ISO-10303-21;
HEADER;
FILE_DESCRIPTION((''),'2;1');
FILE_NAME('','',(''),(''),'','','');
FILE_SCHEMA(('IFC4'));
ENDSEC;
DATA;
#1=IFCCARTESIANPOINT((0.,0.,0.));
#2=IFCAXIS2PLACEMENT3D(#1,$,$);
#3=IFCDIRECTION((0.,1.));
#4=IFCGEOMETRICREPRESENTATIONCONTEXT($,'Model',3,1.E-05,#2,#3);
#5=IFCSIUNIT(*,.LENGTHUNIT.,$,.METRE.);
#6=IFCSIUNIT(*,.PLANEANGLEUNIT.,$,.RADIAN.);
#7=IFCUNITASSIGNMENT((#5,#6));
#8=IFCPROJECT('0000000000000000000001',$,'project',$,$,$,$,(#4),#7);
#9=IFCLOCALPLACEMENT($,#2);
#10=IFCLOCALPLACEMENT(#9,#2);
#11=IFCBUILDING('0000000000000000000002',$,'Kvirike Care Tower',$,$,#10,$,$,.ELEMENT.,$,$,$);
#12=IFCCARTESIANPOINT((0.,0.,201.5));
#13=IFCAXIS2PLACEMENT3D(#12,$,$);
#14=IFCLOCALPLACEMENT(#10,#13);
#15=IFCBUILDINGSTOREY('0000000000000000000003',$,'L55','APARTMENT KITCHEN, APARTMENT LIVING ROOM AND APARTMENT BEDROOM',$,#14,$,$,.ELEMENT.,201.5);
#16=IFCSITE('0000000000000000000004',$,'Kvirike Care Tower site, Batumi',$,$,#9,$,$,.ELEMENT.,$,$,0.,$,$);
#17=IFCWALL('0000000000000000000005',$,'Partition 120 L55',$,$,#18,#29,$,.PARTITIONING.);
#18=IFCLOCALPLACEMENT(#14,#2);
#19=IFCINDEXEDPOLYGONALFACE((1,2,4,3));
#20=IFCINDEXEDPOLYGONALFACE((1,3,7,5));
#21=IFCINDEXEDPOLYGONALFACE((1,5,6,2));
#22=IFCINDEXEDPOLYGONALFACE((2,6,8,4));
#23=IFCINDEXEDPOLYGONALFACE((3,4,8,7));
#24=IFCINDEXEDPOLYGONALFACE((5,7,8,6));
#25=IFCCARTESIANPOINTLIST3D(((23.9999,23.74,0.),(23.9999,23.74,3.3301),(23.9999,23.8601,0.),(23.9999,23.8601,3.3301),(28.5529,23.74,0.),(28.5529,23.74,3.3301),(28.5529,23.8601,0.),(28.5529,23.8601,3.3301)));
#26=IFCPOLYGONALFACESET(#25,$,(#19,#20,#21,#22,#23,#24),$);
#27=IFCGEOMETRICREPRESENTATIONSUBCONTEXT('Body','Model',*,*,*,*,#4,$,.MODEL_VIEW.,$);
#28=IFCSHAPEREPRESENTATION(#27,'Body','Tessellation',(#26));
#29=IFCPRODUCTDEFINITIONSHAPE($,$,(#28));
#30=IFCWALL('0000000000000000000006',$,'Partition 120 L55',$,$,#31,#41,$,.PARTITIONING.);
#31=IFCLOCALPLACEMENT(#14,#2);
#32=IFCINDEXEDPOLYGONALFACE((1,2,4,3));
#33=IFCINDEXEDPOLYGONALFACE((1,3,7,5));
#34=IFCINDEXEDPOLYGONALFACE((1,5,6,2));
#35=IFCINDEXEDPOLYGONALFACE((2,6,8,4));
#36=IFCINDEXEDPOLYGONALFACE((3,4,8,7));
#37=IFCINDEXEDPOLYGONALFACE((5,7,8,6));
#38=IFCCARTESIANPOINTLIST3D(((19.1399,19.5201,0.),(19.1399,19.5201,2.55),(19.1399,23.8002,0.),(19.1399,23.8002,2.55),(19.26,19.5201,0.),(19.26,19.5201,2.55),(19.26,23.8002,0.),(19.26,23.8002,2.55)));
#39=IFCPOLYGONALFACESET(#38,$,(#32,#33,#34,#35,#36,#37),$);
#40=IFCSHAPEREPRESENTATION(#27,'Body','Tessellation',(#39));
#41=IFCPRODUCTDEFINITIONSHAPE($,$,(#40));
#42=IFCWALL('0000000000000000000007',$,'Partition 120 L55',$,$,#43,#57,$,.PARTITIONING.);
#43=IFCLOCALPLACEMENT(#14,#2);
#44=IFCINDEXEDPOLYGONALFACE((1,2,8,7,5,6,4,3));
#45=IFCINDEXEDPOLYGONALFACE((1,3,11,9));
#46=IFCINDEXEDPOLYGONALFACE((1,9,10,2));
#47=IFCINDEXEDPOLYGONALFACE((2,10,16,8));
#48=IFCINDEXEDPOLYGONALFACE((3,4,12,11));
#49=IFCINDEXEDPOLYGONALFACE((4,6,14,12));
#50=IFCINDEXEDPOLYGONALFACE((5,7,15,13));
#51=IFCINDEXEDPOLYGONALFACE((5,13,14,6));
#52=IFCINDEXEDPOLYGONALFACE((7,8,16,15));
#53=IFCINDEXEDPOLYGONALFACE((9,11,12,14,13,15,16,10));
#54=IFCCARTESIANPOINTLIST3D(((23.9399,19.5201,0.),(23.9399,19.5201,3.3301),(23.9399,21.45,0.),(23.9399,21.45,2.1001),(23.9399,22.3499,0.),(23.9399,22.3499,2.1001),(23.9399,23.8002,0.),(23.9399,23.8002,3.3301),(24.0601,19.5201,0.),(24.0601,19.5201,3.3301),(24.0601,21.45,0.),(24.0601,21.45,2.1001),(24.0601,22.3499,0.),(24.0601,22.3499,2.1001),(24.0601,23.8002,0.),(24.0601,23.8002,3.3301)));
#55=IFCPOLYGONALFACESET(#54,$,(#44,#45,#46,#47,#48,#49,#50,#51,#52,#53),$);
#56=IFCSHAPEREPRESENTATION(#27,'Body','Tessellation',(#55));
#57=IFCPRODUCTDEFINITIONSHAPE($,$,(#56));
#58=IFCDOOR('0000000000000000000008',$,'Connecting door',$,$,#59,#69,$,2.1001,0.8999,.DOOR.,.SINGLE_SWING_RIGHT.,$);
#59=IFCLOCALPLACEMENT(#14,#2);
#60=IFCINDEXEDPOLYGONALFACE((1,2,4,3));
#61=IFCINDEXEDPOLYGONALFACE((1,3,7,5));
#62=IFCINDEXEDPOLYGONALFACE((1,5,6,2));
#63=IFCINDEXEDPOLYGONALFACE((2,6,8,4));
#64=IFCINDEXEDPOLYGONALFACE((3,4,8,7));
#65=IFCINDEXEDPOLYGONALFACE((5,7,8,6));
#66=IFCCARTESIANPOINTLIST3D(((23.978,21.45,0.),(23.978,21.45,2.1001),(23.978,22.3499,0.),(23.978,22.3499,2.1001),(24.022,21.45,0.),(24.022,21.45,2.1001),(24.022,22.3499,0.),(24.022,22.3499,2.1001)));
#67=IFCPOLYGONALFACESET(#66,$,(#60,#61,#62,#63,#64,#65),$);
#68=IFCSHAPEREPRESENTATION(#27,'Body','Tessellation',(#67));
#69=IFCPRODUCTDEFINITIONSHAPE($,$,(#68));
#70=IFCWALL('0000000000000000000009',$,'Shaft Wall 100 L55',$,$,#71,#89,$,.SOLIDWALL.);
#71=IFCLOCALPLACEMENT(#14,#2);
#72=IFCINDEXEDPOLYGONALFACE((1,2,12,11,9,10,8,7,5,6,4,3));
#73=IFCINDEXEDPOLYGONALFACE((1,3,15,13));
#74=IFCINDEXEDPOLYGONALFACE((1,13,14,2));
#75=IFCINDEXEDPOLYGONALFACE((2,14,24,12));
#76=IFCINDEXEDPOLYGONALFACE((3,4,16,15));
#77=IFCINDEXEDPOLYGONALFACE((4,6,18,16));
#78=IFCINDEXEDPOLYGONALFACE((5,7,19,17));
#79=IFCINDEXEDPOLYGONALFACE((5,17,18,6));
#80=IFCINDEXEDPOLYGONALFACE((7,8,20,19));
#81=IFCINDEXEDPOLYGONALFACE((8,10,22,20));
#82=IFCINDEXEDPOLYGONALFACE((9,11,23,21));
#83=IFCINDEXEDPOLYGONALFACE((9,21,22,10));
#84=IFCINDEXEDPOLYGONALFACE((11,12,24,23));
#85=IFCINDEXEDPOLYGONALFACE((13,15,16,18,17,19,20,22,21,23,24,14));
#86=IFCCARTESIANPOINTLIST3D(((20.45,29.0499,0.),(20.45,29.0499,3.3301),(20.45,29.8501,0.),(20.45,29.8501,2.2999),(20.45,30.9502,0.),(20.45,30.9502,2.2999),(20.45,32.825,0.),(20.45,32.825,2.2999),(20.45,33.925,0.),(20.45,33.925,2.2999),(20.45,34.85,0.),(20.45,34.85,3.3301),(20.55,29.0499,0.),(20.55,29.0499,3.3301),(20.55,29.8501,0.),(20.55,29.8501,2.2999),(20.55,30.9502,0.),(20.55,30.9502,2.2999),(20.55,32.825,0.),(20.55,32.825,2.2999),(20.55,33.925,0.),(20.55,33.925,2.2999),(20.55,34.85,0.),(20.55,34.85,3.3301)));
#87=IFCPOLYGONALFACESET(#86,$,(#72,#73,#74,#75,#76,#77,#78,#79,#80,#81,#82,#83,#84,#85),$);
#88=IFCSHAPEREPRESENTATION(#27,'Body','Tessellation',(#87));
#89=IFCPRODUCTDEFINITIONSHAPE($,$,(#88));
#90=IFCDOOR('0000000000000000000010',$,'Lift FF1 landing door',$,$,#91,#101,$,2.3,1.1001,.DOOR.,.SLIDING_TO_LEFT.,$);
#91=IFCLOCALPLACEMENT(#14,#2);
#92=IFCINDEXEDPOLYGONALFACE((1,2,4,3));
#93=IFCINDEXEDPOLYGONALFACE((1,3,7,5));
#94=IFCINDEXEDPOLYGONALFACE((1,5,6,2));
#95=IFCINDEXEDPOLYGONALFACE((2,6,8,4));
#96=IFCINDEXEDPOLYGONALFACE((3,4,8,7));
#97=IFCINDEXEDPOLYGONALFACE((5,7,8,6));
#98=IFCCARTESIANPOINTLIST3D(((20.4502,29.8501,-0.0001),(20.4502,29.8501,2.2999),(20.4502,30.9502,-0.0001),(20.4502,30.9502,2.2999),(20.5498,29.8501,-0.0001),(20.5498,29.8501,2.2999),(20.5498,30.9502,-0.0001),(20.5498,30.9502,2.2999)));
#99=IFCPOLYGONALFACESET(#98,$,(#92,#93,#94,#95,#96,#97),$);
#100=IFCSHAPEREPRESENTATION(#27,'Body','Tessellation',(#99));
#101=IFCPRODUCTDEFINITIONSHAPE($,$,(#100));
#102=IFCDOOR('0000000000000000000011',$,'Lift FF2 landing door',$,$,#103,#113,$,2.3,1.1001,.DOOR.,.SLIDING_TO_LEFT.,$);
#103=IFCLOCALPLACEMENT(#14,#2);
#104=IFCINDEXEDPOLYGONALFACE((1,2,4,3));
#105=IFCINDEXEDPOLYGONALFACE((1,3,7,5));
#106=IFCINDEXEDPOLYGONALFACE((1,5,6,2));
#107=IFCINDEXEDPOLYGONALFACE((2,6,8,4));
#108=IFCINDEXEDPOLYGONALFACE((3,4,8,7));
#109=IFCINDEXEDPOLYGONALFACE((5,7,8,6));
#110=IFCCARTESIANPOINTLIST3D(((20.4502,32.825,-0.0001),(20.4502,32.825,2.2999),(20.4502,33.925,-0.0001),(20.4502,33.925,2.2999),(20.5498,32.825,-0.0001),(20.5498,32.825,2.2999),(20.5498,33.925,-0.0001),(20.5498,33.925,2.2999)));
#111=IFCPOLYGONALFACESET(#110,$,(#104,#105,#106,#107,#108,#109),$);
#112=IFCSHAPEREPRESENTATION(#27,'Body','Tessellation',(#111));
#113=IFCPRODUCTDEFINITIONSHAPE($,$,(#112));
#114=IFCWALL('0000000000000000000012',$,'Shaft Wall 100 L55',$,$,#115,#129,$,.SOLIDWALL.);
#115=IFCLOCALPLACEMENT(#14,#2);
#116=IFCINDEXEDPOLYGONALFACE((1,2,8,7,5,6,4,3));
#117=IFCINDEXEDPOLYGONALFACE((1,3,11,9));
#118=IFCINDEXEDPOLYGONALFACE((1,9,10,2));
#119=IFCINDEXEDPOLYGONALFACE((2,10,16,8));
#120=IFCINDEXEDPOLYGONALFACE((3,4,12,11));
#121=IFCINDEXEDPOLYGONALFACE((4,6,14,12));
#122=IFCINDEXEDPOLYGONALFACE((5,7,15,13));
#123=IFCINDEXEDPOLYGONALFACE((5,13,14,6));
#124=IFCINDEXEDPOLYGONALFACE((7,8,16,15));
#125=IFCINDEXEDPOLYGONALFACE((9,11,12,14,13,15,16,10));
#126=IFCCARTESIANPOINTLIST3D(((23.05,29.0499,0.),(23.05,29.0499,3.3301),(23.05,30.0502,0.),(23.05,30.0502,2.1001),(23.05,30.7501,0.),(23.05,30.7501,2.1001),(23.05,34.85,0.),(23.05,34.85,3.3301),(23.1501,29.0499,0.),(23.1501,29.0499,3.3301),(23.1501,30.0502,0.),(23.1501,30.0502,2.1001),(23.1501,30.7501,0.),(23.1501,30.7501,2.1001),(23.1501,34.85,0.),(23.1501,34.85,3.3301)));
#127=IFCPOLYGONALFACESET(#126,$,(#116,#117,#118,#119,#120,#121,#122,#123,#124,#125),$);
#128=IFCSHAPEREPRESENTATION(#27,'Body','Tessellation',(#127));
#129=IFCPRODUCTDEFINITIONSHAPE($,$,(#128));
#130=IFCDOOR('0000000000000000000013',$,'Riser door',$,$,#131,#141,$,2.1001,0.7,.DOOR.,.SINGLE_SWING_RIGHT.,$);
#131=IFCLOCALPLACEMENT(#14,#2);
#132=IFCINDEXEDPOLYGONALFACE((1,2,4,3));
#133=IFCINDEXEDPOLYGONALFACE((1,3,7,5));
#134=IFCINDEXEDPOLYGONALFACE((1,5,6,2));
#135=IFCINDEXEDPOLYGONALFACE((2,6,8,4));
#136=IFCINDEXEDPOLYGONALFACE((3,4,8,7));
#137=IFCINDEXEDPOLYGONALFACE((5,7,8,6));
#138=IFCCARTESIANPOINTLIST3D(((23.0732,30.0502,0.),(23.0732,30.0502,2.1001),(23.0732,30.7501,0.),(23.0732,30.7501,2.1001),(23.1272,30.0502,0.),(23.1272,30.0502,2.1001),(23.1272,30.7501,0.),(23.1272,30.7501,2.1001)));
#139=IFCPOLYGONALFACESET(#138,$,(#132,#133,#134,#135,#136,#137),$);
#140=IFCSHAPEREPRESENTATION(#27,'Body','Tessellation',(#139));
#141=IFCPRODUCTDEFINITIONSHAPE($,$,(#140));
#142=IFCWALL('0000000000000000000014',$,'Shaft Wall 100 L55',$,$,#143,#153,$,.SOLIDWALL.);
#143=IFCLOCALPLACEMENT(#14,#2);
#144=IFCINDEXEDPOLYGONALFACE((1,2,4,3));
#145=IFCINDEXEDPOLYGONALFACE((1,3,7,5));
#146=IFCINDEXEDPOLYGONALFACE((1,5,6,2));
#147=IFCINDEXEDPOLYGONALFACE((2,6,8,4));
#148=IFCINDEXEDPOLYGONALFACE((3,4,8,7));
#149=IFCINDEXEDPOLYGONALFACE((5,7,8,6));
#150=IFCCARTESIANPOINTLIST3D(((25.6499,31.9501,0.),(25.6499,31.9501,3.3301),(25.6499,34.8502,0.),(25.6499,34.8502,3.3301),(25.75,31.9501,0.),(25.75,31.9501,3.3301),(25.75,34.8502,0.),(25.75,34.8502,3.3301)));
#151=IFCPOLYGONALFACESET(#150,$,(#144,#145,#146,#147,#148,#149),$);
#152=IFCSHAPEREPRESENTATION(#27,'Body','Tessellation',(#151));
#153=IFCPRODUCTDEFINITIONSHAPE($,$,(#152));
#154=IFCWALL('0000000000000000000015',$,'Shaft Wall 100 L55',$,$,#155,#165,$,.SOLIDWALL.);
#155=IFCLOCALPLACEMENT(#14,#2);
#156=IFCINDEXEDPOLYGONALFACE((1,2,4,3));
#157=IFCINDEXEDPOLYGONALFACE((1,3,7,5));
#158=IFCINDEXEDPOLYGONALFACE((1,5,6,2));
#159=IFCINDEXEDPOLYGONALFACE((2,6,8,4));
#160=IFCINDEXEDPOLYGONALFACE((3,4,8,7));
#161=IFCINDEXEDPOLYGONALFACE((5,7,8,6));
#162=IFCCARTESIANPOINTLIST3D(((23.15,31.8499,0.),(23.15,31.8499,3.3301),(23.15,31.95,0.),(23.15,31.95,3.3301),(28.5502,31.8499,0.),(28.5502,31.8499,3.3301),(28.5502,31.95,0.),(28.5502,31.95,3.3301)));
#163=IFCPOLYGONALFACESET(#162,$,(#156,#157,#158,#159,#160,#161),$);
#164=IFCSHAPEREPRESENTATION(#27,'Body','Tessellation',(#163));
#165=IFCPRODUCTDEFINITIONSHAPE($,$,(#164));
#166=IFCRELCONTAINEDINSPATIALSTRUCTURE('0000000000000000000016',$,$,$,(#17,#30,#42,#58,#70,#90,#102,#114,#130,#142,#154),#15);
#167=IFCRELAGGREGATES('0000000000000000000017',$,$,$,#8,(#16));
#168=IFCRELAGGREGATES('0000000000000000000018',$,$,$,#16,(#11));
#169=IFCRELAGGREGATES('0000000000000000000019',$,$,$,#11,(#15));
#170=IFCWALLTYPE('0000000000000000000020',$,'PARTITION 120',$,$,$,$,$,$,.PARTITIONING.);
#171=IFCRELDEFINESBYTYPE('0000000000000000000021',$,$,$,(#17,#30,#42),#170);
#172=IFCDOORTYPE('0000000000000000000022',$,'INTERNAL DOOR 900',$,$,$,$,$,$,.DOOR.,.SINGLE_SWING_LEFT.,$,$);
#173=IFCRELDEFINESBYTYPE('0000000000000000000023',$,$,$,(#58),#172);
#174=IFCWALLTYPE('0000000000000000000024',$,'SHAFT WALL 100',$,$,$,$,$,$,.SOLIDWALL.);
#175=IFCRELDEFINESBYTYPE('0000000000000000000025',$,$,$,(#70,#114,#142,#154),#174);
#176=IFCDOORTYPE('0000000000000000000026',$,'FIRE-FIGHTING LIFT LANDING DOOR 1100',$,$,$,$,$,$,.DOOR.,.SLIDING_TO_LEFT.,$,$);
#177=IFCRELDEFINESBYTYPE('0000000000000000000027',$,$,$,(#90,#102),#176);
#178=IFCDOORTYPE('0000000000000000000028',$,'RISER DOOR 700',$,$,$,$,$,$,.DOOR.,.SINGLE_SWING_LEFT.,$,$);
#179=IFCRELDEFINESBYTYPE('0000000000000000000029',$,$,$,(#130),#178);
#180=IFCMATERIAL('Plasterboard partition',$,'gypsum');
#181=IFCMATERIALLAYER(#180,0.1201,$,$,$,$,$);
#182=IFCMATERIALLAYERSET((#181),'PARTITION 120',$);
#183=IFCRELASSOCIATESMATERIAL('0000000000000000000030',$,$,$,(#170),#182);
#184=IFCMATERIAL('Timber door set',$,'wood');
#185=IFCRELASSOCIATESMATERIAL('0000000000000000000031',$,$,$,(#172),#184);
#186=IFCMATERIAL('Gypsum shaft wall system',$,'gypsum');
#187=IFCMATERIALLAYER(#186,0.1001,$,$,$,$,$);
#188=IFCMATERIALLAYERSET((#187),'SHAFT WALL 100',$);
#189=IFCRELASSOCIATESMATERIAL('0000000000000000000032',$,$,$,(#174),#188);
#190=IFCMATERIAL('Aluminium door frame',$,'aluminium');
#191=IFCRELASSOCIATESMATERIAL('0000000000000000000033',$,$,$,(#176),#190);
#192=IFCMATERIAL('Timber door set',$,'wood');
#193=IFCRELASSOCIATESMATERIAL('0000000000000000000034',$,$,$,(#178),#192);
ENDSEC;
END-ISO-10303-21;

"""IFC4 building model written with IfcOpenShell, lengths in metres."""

from ifc_helpers import new_model, si_unit, direction, frame, frame_2d, origin, place, context, subcontext, project, spatial, rectangle, extrude, material, layer, layer_set, type_object, element, fill, save


model = new_model("IFC4")

# Units and contexts
model_context = context("Model", 3, precision=1e-05, world=origin(), true_north=direction((0.0, 1.0)))
body_context = subcontext(model_context, "Body", "Model", "MODEL_VIEW")
ifc_project = project(units=[si_unit("LENGTHUNIT", "METRE"), si_unit("PLANEANGLEUNIT", "RADIAN")], contexts=[model_context])

# Site, building, storey
site_placement = place(None, origin())
site = spatial("IfcSite", under=ifc_project, at=site_placement, Name="Kvirike Care Tower site, Batumi", CompositionType="ELEMENT", RefElevation=0.0)
building_placement = place(site_placement, origin())
building = spatial("IfcBuilding", under=site, at=building_placement, Name="Kvirike Care Tower", CompositionType="ELEMENT")
storey_placement = place(building_placement, frame((0.0, 0.0, 201.5)))
storey = spatial("IfcBuildingStorey", under=building, at=storey_placement, Name="L55", Description="APARTMENT KITCHEN, APARTMENT LIVING ROOM AND APARTMENT BEDROOM", CompositionType="ELEMENT", Elevation=201.5)

# Shared definitions
ifc_material_1 = material(Name="Plasterboard partition", Category="gypsum")
ifc_layer_1 = layer(ifc_material_1, 0.1201)
ifc_layer_set_1 = layer_set([ifc_layer_1], Name="PARTITION 120")
wall_type_1 = type_object("IfcWallType", Name="PARTITION 120", PredefinedType="PARTITIONING", material=ifc_layer_set_1)
ifc_material_2 = material(Name="Timber door set", Category="wood")
door_type_1 = type_object("IfcDoorType", Name="INTERNAL DOOR 900", OperationType="SINGLE_SWING_LEFT", PredefinedType="DOOR", material=ifc_material_2)

# Walls
wall_1_placement = place(storey_placement, frame((24.0, 23.8, 0.0), z_axis=(0.0, 0.0, 1.0), x_axis=(1.0, 0.0, 0.0)))
element("IfcWall", 1, at=wall_1_placement, inside=storey, type_object=wall_type_1, Name="Partition 120 L55", PredefinedType="PARTITIONING", context=body_context, shape_type="SweptSolid", body=[
    extrude(rectangle(XDim=4.553, YDim=0.1201, at=frame_2d((2.2764, 0.0))), origin(), (0.0, 0.0, 1.0), 3.3301),
])
wall_2_placement = place(storey_placement, frame((19.2, 19.52, 0.0), z_axis=(0.0, 0.0, 1.0), x_axis=(0.0, 1.0, 0.0)))
element("IfcWall", 2, at=wall_2_placement, inside=storey, type_object=wall_type_1, Name="Partition 120 L55", PredefinedType="PARTITIONING", context=body_context, shape_type="SweptSolid", body=[
    extrude(rectangle(XDim=4.28, YDim=0.1201, at=frame_2d((2.1401, 0.0))), origin(), (0.0, 0.0, 1.0), 2.55),
])

# Wall, opening, door
wall_3_placement = place(storey_placement, frame((24.0, 19.52, 0.0), z_axis=(0.0, 0.0, 1.0), x_axis=(0.0, 1.0, 0.0)))
wall_3 = element("IfcWall", 3, at=wall_3_placement, inside=storey, type_object=wall_type_1, Name="Partition 120 L55", PredefinedType="PARTITIONING", context=body_context, shape_type="SweptSolid", body=[
    extrude(rectangle(XDim=4.28, YDim=0.1201, at=frame_2d((2.1401, 0.0))), origin(), (0.0, 0.0, 1.0), 3.3301),
])
opening_1_placement = place(wall_3_placement, frame((1.9299, 0.0, 0.0)))
opening_1 = element("IfcOpeningElement", 4, at=opening_1_placement, cuts=wall_3, PredefinedType="OPENING", context=body_context, shape_type="SweptSolid", body=[
    extrude(rectangle(XDim=0.8999, YDim=2.1001, at=frame_2d((0.45, 1.05))), frame((0.0, 0.0706, 0.0), z_axis=(0.0, -1.0, 0.0), x_axis=(1.0, 0.0, 0.0)), (0.0, 0.0, 1.0), 0.1411),
])
door_1_placement = place(opening_1_placement, frame((0.8999, 0.0, 0.0), z_axis=(0.0, 0.0, 1.0), x_axis=(-1.0, 0.0, 0.0)))
door_1 = element("IfcDoor", 5, at=door_1_placement, inside=storey, type_object=door_type_1, Name="Connecting door", OperationType="SINGLE_SWING_RIGHT", OverallHeight=2.1001, OverallWidth=0.8999, PredefinedType="DOOR", context=body_context, shape_type="SweptSolid", body=[
    extrude(rectangle(XDim=0.8999, YDim=2.1001, at=frame_2d((0.45, 1.05))), frame((0.0, 0.022, 0.0), z_axis=(0.0, -1.0, 0.0), x_axis=(1.0, 0.0, 0.0)), (0.0, 0.0, 1.0), 0.0439),
])
fill(opening_1, door_1)

# Wall, openings, doors
ifc_material_3 = material(Name="Gypsum shaft wall system", Category="gypsum")
ifc_layer_2 = layer(ifc_material_3, 0.1001)
ifc_layer_set_2 = layer_set([ifc_layer_2], Name="SHAFT WALL 100")
wall_type_2 = type_object("IfcWallType", Name="SHAFT WALL 100", PredefinedType="SOLIDWALL", material=ifc_layer_set_2)
wall_4_placement = place(storey_placement, frame((20.5, 29.05, 0.0), z_axis=(0.0, 0.0, 1.0), x_axis=(0.0, 1.0, 0.0)))
wall_4 = element("IfcWall", 6, at=wall_4_placement, inside=storey, type_object=wall_type_2, Name="Shaft Wall 100 L55", PredefinedType="SOLIDWALL", context=body_context, shape_type="SweptSolid", body=[
    extrude(rectangle(XDim=5.8, YDim=0.1001, at=frame_2d((2.8999, 0.0))), origin(), (0.0, 0.0, 1.0), 3.3301),
])
opening_2_placement = place(wall_4_placement, frame((0.8, 0.0, 0.0)))
opening_2 = element("IfcOpeningElement", 7, at=opening_2_placement, cuts=wall_4, PredefinedType="OPENING", context=body_context, shape_type="SweptSolid", body=[
    extrude(rectangle(XDim=1.1001, YDim=2.3, at=frame_2d((0.55, 1.1499))), frame((0.0, 0.0605, 0.0), z_axis=(0.0, -1.0, 0.0), x_axis=(1.0, 0.0, 0.0)), (0.0, 0.0, 1.0), 0.1211),
])
opening_3_placement = place(wall_4_placement, frame((3.7749, 0.0, 0.0)))
opening_3 = element("IfcOpeningElement", 8, at=opening_3_placement, cuts=wall_4, PredefinedType="OPENING", context=body_context, shape_type="SweptSolid", body=[
    extrude(rectangle(XDim=1.1001, YDim=2.3, at=frame_2d((0.55, 1.1499))), frame((0.0, 0.0605, 0.0), z_axis=(0.0, -1.0, 0.0), x_axis=(1.0, 0.0, 0.0)), (0.0, 0.0, 1.0), 0.1211),
])
ifc_material_4 = material(Name="Aluminium door frame", Category="aluminium")
door_type_2 = type_object("IfcDoorType", Name="FIRE-FIGHTING LIFT LANDING DOOR 1100", OperationType="SLIDING_TO_LEFT", PredefinedType="DOOR", material=ifc_material_4)
door_2_placement = place(opening_2_placement, origin())
door_2 = element("IfcDoor", 9, at=door_2_placement, inside=storey, type_object=door_type_2, Name="Lift FF1 landing door", OperationType="SLIDING_TO_LEFT", OverallHeight=2.3, OverallWidth=1.1001, PredefinedType="DOOR", context=body_context, shape_type="SweptSolid", body=[
    extrude(rectangle(XDim=1.1001, YDim=2.3, at=frame_2d((0.55, 1.1499))), frame((0.0, 0.0498, 0.0), z_axis=(0.0, -1.0, 0.0), x_axis=(1.0, 0.0, 0.0)), (0.0, 0.0, 1.0), 0.0996),
])
fill(opening_2, door_2)
door_3_placement = place(opening_3_placement, origin())
door_3 = element("IfcDoor", 10, at=door_3_placement, inside=storey, type_object=door_type_2, Name="Lift FF2 landing door", OperationType="SLIDING_TO_LEFT", OverallHeight=2.3, OverallWidth=1.1001, PredefinedType="DOOR", context=body_context, shape_type="SweptSolid", body=[
    extrude(rectangle(XDim=1.1001, YDim=2.3, at=frame_2d((0.55, 1.1499))), frame((0.0, 0.0498, 0.0), z_axis=(0.0, -1.0, 0.0), x_axis=(1.0, 0.0, 0.0)), (0.0, 0.0, 1.0), 0.0996),
])
fill(opening_3, door_3)

# Wall, opening, door
wall_5_placement = place(storey_placement, frame((23.1001, 29.05, 0.0), z_axis=(0.0, 0.0, 1.0), x_axis=(0.0, 1.0, 0.0)))
wall_5 = element("IfcWall", 11, at=wall_5_placement, inside=storey, type_object=wall_type_2, Name="Shaft Wall 100 L55", PredefinedType="SOLIDWALL", context=body_context, shape_type="SweptSolid", body=[
    extrude(rectangle(XDim=5.8, YDim=0.1001, at=frame_2d((2.8999, 0.0))), origin(), (0.0, 0.0, 1.0), 3.3301),
])
opening_4_placement = place(wall_5_placement, frame((1.0, 0.0, 0.0)))
opening_4 = element("IfcOpeningElement", 12, at=opening_4_placement, cuts=wall_5, PredefinedType="OPENING", context=body_context, shape_type="SweptSolid", body=[
    extrude(rectangle(XDim=0.7, YDim=2.1001, at=frame_2d((0.3501, 1.05))), frame((0.0, 0.0605, 0.0), z_axis=(0.0, -1.0, 0.0), x_axis=(1.0, 0.0, 0.0)), (0.0, 0.0, 1.0), 0.1211),
])
ifc_material_5 = material(Name="Timber door set", Category="wood")
door_type_3 = type_object("IfcDoorType", Name="RISER DOOR 700", OperationType="SINGLE_SWING_LEFT", PredefinedType="DOOR", material=ifc_material_5)
door_4_placement = place(opening_4_placement, origin())
door_4 = element("IfcDoor", 13, at=door_4_placement, inside=storey, type_object=door_type_3, Name="Riser door", OperationType="SINGLE_SWING_RIGHT", OverallHeight=2.1001, OverallWidth=0.7, PredefinedType="DOOR", context=body_context, shape_type="SweptSolid", body=[
    extrude(rectangle(XDim=0.7, YDim=2.1001, at=frame_2d((0.3501, 1.05))), frame((0.0, 0.0269, 0.0), z_axis=(0.0, -1.0, 0.0), x_axis=(1.0, 0.0, 0.0)), (0.0, 0.0, 1.0), 0.054),
])
fill(opening_4, door_4)

# Walls
wall_6_placement = place(storey_placement, frame((25.7, 31.95, 0.0), z_axis=(0.0, 0.0, 1.0), x_axis=(0.0, 1.0, 0.0)))
element("IfcWall", 14, at=wall_6_placement, inside=storey, type_object=wall_type_2, Name="Shaft Wall 100 L55", PredefinedType="SOLIDWALL", context=body_context, shape_type="SweptSolid", body=[
    extrude(rectangle(XDim=2.9001, YDim=0.1001, at=frame_2d((1.4502, 0.0))), origin(), (0.0, 0.0, 1.0), 3.3301),
])
wall_7_placement = place(storey_placement, frame((23.1499, 31.8999, 0.0), z_axis=(0.0, 0.0, 1.0), x_axis=(1.0, 0.0, 0.0)))
element("IfcWall", 15, at=wall_7_placement, inside=storey, type_object=wall_type_2, Name="Shaft Wall 100 L55", PredefinedType="SOLIDWALL", context=body_context, shape_type="SweptSolid", body=[
    extrude(rectangle(XDim=5.4001, YDim=0.1001, at=frame_2d((2.7002, 0.0))), origin(), (0.0, 0.0, 1.0), 3.3301),
])

save(model, "model.ifc")
